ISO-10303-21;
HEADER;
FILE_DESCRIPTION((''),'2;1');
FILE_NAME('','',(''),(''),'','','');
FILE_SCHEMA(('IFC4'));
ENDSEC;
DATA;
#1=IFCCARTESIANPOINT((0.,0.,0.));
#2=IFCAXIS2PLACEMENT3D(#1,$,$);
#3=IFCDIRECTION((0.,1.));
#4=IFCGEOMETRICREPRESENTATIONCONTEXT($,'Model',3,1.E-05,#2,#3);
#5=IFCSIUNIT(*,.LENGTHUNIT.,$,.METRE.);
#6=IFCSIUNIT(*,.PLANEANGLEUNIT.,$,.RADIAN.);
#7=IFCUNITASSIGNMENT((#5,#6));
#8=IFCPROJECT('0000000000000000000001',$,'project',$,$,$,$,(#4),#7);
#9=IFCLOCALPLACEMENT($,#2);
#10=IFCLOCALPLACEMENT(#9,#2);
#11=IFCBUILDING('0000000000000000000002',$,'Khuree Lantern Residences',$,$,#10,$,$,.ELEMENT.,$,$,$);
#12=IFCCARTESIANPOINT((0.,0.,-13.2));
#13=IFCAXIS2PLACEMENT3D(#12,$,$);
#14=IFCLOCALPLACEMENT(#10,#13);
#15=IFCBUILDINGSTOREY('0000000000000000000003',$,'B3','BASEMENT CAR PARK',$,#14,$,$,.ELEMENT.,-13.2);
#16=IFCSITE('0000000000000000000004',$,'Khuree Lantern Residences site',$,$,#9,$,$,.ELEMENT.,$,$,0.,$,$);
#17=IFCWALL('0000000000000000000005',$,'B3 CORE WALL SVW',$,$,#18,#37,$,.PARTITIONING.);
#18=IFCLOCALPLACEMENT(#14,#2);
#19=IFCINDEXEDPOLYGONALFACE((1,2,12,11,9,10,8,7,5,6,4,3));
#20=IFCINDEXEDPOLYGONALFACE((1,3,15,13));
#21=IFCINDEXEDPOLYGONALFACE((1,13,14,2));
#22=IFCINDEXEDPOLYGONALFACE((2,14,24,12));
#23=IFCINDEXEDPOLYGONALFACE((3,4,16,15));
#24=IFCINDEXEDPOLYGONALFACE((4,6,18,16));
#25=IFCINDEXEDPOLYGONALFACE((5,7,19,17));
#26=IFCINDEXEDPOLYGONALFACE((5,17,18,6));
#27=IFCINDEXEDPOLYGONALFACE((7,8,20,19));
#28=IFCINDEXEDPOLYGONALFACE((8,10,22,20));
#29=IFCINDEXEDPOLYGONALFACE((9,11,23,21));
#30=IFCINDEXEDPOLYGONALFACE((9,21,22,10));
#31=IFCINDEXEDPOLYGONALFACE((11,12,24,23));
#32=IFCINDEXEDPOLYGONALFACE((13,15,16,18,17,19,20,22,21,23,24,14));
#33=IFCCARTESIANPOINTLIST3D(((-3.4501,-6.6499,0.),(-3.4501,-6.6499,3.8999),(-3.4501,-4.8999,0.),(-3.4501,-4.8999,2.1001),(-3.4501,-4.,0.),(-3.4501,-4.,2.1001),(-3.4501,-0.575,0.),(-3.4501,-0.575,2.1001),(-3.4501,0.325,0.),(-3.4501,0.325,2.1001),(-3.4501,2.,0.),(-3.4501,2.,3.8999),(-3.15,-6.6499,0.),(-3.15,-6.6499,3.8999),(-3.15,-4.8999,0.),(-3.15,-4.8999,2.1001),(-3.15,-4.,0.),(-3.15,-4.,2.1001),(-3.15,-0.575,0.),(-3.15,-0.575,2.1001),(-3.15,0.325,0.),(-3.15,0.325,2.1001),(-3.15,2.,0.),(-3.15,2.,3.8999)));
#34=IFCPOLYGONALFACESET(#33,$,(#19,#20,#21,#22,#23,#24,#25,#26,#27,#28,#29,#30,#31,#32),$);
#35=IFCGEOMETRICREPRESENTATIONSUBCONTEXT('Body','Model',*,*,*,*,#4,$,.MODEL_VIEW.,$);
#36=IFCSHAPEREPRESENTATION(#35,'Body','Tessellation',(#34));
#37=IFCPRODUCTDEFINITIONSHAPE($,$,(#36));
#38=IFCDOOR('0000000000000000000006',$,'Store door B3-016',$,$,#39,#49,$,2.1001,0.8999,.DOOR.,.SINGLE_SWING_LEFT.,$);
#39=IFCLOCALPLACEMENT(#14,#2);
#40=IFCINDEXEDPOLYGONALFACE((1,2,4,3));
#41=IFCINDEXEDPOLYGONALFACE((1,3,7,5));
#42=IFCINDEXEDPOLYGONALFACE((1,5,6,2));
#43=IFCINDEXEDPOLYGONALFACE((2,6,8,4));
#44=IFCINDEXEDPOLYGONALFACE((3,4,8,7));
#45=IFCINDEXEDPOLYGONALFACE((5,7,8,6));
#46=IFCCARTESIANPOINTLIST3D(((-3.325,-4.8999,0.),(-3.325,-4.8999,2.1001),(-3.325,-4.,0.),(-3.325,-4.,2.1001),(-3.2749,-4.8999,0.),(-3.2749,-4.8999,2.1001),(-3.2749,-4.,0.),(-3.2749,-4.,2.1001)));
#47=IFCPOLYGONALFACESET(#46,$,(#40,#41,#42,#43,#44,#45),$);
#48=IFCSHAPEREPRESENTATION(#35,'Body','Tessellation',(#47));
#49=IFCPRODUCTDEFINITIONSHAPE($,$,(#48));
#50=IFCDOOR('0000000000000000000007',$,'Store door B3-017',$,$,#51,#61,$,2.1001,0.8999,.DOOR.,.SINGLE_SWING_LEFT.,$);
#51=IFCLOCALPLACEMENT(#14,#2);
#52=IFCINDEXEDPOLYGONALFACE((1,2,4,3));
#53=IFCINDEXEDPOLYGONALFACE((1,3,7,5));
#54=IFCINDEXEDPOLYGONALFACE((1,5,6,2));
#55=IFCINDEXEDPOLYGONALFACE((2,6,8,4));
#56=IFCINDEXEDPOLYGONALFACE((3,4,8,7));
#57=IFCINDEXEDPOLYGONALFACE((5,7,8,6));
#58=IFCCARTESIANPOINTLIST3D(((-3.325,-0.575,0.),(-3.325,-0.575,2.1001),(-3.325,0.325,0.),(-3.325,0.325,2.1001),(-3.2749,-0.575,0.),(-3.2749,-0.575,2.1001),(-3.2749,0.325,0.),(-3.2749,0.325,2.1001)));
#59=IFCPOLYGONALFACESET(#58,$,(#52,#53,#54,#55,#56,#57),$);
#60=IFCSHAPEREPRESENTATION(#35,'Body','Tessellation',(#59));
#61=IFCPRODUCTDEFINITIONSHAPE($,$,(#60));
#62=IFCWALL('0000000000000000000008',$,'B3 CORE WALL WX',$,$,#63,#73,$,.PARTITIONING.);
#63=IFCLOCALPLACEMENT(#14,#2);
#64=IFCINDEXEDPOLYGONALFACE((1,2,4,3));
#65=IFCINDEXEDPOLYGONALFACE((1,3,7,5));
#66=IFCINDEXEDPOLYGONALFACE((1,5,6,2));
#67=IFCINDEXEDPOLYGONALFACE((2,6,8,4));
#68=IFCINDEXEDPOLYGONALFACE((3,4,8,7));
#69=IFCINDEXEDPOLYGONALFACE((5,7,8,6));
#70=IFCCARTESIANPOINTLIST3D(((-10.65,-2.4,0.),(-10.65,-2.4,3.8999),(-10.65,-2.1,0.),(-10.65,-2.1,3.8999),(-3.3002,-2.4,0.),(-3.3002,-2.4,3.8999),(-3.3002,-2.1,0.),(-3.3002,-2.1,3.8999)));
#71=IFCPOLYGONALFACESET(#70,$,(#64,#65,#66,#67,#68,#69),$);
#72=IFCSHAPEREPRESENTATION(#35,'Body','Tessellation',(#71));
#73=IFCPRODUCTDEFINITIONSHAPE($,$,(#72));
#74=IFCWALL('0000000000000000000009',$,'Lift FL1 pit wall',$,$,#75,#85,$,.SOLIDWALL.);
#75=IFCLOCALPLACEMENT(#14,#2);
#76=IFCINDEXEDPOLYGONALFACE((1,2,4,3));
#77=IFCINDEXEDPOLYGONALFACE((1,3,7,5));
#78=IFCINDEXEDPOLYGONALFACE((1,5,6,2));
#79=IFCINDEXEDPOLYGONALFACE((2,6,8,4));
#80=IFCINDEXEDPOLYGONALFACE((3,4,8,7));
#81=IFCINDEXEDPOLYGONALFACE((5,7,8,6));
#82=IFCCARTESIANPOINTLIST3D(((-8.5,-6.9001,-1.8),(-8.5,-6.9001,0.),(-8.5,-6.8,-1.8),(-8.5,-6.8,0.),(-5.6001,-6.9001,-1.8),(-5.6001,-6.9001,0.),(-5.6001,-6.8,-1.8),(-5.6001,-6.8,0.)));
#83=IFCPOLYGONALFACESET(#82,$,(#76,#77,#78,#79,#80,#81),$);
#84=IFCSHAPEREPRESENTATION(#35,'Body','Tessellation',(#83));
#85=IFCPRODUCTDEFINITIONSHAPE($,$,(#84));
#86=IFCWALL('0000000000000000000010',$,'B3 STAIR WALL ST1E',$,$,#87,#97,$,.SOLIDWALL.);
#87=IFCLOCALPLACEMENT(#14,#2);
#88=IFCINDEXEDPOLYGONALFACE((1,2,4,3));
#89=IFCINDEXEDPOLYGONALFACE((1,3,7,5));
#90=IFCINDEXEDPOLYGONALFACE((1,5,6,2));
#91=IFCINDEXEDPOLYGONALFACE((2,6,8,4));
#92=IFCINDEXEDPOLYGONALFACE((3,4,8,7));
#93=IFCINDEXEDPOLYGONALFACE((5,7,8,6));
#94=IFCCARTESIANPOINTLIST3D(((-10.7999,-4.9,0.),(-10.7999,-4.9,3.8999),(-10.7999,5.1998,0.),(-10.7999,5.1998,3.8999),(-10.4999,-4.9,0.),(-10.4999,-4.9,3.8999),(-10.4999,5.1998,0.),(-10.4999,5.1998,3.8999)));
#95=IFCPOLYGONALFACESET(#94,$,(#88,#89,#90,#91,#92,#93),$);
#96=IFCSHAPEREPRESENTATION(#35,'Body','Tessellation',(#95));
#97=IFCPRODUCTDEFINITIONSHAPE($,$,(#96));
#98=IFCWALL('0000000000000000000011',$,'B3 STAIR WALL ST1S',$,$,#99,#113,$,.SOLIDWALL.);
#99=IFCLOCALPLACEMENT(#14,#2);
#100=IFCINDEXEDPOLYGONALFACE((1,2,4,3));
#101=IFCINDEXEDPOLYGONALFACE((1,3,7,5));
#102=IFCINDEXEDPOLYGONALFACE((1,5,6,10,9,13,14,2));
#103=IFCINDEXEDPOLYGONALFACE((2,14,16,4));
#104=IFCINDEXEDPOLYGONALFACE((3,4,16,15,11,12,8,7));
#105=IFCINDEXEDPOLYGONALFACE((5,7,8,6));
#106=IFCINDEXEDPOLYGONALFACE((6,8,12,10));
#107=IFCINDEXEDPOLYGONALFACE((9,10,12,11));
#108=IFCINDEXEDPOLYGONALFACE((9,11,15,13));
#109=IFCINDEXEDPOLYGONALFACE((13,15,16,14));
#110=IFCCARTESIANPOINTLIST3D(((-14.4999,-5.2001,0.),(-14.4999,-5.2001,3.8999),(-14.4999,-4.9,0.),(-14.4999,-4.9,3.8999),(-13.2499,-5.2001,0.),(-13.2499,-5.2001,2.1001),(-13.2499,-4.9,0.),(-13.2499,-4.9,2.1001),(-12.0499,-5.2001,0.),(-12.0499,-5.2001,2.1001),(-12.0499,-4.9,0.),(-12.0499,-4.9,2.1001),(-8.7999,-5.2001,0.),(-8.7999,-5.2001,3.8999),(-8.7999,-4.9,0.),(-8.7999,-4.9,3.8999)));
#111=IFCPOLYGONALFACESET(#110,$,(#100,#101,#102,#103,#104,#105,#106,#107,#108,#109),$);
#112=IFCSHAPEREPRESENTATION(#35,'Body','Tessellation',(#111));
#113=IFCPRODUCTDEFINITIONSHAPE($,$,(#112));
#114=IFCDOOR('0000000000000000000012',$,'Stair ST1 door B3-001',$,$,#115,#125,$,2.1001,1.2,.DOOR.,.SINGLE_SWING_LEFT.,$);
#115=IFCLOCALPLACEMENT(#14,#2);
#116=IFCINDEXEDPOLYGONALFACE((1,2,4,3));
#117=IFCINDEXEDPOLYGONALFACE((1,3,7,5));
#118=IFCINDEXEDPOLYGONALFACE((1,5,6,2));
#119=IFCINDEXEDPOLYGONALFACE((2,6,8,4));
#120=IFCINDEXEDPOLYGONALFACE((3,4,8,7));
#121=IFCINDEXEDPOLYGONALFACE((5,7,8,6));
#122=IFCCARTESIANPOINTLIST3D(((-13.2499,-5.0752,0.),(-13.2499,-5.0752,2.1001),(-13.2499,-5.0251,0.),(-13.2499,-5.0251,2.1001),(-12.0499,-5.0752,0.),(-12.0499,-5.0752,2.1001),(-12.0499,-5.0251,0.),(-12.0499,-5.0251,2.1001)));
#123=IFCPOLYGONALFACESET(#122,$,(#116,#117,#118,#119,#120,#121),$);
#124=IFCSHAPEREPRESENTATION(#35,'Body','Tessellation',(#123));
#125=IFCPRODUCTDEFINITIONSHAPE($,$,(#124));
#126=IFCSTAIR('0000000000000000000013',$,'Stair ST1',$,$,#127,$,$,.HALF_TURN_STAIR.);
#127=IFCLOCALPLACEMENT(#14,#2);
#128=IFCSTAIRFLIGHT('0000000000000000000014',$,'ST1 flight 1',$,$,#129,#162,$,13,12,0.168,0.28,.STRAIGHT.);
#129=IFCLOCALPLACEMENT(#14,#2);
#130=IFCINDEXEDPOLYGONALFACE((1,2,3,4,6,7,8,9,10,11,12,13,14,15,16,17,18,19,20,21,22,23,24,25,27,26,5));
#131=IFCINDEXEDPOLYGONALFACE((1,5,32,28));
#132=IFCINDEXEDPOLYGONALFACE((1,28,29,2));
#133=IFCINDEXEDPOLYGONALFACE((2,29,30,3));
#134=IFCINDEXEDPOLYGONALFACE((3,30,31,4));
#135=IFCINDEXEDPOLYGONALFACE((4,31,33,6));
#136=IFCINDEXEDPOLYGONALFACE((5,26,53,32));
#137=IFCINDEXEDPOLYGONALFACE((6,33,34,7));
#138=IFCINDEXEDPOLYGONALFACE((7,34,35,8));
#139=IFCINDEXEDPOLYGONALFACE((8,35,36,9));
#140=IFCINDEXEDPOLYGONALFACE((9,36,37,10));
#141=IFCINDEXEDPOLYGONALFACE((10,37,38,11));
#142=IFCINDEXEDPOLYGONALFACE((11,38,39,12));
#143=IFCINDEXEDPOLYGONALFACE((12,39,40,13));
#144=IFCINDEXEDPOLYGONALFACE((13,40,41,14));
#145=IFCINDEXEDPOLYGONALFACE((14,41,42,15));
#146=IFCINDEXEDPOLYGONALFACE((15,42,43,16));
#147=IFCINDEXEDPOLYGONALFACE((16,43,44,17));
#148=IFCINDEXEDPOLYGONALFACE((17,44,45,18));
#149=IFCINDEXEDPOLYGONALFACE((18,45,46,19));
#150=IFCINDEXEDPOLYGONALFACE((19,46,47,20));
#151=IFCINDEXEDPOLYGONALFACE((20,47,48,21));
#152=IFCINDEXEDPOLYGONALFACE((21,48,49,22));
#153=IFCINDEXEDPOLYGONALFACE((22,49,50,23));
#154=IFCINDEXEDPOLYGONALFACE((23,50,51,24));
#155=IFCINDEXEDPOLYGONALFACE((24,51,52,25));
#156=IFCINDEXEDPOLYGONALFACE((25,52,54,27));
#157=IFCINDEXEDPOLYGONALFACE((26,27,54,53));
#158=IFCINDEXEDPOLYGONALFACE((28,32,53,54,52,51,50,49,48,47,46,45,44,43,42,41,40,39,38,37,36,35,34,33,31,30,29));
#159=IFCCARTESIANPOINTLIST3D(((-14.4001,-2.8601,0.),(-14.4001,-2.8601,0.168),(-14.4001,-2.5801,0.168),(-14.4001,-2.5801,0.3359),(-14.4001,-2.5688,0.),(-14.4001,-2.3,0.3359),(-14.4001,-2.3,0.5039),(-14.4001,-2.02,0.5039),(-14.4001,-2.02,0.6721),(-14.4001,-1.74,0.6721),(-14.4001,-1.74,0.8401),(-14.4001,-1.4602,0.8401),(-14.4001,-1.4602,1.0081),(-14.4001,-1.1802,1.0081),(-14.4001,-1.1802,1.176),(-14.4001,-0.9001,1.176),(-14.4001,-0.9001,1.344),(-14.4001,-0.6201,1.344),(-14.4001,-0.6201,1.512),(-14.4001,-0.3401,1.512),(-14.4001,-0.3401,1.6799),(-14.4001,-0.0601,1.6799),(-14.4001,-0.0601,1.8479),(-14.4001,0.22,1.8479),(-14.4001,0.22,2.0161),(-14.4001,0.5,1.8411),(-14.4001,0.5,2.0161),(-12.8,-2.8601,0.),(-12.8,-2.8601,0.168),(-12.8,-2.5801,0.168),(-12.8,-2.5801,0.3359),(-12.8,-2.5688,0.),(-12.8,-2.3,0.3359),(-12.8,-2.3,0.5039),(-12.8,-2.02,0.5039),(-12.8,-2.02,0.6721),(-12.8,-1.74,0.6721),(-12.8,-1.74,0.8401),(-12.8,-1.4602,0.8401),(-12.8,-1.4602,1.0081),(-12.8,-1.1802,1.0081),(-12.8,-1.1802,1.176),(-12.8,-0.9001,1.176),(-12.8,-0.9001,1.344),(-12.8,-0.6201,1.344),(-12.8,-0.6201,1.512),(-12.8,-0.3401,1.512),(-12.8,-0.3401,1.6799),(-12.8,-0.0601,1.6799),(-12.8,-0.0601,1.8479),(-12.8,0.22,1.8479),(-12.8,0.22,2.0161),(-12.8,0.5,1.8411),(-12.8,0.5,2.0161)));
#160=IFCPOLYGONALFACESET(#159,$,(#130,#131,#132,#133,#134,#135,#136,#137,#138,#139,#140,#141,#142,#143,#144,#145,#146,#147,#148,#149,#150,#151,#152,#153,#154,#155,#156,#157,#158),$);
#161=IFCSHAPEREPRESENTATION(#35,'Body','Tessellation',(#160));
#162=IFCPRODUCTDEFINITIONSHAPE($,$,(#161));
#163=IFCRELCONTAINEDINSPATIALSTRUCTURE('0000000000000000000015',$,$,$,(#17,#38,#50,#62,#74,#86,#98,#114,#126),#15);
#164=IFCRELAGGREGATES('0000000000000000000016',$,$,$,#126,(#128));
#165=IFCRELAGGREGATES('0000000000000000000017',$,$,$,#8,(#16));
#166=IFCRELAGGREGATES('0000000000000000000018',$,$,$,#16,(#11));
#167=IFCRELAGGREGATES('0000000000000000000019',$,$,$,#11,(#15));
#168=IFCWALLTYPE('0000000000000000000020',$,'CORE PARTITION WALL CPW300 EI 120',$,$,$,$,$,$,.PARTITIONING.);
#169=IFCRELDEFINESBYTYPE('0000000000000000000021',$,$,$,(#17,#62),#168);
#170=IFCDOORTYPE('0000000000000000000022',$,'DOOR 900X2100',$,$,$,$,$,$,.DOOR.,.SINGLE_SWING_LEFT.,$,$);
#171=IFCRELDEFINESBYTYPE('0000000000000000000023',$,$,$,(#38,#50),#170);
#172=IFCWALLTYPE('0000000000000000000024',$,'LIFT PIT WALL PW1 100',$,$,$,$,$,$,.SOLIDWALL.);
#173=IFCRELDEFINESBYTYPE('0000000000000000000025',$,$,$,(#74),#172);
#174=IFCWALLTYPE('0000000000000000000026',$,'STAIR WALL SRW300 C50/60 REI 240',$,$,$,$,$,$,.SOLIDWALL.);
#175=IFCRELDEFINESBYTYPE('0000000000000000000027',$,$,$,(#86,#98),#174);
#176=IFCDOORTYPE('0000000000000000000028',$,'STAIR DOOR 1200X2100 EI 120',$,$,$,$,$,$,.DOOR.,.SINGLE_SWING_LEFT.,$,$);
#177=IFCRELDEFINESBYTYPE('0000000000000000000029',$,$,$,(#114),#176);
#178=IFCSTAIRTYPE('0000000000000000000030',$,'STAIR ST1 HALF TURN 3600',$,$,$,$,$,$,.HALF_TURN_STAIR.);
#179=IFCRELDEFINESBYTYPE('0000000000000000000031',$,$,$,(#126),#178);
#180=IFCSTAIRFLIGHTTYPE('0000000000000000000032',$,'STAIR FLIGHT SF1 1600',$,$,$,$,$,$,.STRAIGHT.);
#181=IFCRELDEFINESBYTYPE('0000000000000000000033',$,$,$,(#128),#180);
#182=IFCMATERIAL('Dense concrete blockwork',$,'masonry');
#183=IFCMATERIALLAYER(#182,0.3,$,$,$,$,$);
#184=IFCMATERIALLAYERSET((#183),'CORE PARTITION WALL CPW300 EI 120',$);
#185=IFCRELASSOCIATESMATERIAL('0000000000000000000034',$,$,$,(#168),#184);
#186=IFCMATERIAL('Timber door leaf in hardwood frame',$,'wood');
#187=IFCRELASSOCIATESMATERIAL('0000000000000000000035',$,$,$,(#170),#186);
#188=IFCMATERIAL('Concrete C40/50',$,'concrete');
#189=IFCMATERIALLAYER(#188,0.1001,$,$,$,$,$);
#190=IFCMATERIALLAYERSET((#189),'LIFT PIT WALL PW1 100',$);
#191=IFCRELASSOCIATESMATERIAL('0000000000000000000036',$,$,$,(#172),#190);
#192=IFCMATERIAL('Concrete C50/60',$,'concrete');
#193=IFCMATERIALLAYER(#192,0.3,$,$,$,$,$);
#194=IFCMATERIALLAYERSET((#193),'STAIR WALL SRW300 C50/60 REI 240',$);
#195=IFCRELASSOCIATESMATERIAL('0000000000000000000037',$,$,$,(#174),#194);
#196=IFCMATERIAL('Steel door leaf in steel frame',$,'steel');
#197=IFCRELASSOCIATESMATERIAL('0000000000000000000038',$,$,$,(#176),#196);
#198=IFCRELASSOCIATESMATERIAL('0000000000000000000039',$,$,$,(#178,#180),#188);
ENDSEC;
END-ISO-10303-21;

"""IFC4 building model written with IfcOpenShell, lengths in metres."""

from ifc_helpers import new_model, si_unit, direction, frame, frame_2d, origin, place, context, subcontext, project, spatial, polyline, rectangle, outline, extrude, material, layer, layer_set, type_object, element, fill, aggregate, save


model = new_model("IFC4")

# Units and contexts
model_context = context("Model", 3, precision=1e-05, world=origin(), true_north=direction((0.0, 1.0)))
body_context = subcontext(model_context, "Body", "Model", "MODEL_VIEW")
ifc_project = project(units=[si_unit("LENGTHUNIT", "METRE"), si_unit("PLANEANGLEUNIT", "RADIAN")], contexts=[model_context])

# Site, building, storey
site_placement = place(None, origin())
site = spatial("IfcSite", under=ifc_project, at=site_placement, Name="Khuree Lantern Residences site", CompositionType="ELEMENT", RefElevation=0.0)
building_placement = place(site_placement, origin())
building = spatial("IfcBuilding", under=site, at=building_placement, Name="Khuree Lantern Residences", CompositionType="ELEMENT")
storey_placement = place(building_placement, frame((0.0, 0.0, -13.2)))
storey = spatial("IfcBuildingStorey", under=building, at=storey_placement, Name="B3", Description="BASEMENT CAR PARK", CompositionType="ELEMENT", Elevation=-13.2)

# Wall, openings, doors
ifc_material_1 = material(Name="Dense concrete blockwork", Category="masonry")
ifc_layer_1 = layer(ifc_material_1, 0.3)
ifc_layer_set_1 = layer_set([ifc_layer_1], Name="CORE PARTITION WALL CPW300 EI 120")
wall_type_1 = type_object("IfcWallType", Name="CORE PARTITION WALL CPW300 EI 120", PredefinedType="PARTITIONING", material=ifc_layer_set_1)
ifc_material_2 = material(Name="Steel door leaf in steel frame", Category="steel")
ifc_material_3 = material(Name="Timber door leaf in hardwood frame", Category="wood")
wall_1_placement = place(storey_placement, frame((-3.3, -6.6499, 0.0), z_axis=(0.0, 0.0, 1.0), x_axis=(0.0, 1.0, 0.0)))
wall_1 = element("IfcWall", 1, at=wall_1_placement, inside=storey, type_object=wall_type_1, Name="B3 CORE WALL SVW", PredefinedType="PARTITIONING", context=body_context, shape_type="SweptSolid", body=[
    extrude(rectangle(XDim=8.6499, YDim=0.3, at=frame_2d((4.325, 0.0))), origin(), (0.0, 0.0, 1.0), 3.8999),
])
opening_1_placement = place(wall_1_placement, frame((1.75, 0.0, 0.0)))
opening_1 = element("IfcOpeningElement", 2, at=opening_1_placement, cuts=wall_1, PredefinedType="OPENING", context=body_context, shape_type="SweptSolid", body=[
    extrude(rectangle(XDim=0.8999, YDim=2.1001, at=frame_2d((0.45, 1.05))), frame((0.0, 0.1602, 0.0), z_axis=(0.0, -1.0, 0.0), x_axis=(1.0, 0.0, 0.0)), (0.0, 0.0, 1.0), 0.3201),
])
opening_2_placement = place(wall_1_placement, frame((6.075, 0.0, 0.0)))
opening_2 = element("IfcOpeningElement", 3, at=opening_2_placement, cuts=wall_1, PredefinedType="OPENING", context=body_context, shape_type="SweptSolid", body=[
    extrude(rectangle(XDim=0.8999, YDim=2.1001, at=frame_2d((0.45, 1.05))), frame((0.0, 0.1602, 0.0), z_axis=(0.0, -1.0, 0.0), x_axis=(1.0, 0.0, 0.0)), (0.0, 0.0, 1.0), 0.3201),
])
door_type_1 = type_object("IfcDoorType", Name="DOOR 900X2100", OperationType="SINGLE_SWING_LEFT", PredefinedType="DOOR", material=ifc_material_3)
door_1_placement = place(opening_1_placement, origin())
door_1 = element("IfcDoor", 4, at=door_1_placement, inside=storey, type_object=door_type_1, Name="Store door B3-016", OperationType="SINGLE_SWING_LEFT", OverallHeight=2.1001, OverallWidth=0.8999, PredefinedType="DOOR", context=body_context, shape_type="SweptSolid", body=[
    extrude(rectangle(XDim=0.8999, YDim=2.1001, at=frame_2d((0.45, 1.05))), frame((0.0, 0.0249, 0.0), z_axis=(0.0, -1.0, 0.0), x_axis=(1.0, 0.0, 0.0)), (0.0, 0.0, 1.0), 0.05),
])
fill(opening_1, door_1)
door_2_placement = place(opening_2_placement, origin())
door_2 = element("IfcDoor", 5, at=door_2_placement, inside=storey, type_object=door_type_1, Name="Store door B3-017", OperationType="SINGLE_SWING_LEFT", OverallHeight=2.1001, OverallWidth=0.8999, PredefinedType="DOOR", context=body_context, shape_type="SweptSolid", body=[
    extrude(rectangle(XDim=0.8999, YDim=2.1001, at=frame_2d((0.45, 1.05))), frame((0.0, 0.0249, 0.0), z_axis=(0.0, -1.0, 0.0), x_axis=(1.0, 0.0, 0.0)), (0.0, 0.0, 1.0), 0.05),
])
fill(opening_2, door_2)

# Walls
wall_2_placement = place(storey_placement, frame((-10.6499, -2.25, 0.0), z_axis=(0.0, 0.0, 1.0), x_axis=(1.0, 0.0, 0.0)))
element("IfcWall", 6, at=wall_2_placement, inside=storey, type_object=wall_type_1, Name="B3 CORE WALL WX", PredefinedType="PARTITIONING", context=body_context, shape_type="SweptSolid", body=[
    extrude(rectangle(XDim=7.3499, YDim=0.3, at=frame_2d((3.6748, 0.0))), origin(), (0.0, 0.0, 1.0), 3.8999),
])
ifc_material_4 = material(Name="Concrete C40/50", Category="concrete")
ifc_layer_2 = layer(ifc_material_4, 0.1001)
ifc_layer_set_2 = layer_set([ifc_layer_2], Name="LIFT PIT WALL PW1 100")
wall_type_2 = type_object("IfcWallType", Name="LIFT PIT WALL PW1 100", PredefinedType="SOLIDWALL", material=ifc_layer_set_2)
wall_3_placement = place(storey_placement, frame((-5.6001, -6.8501, -1.8), z_axis=(0.0, 0.0, 1.0), x_axis=(-1.0, 0.0, 0.0)))
element("IfcWall", 7, at=wall_3_placement, inside=storey, type_object=wall_type_2, Name="Lift FL1 pit wall", PredefinedType="SOLIDWALL", context=body_context, shape_type="SweptSolid", body=[
    extrude(rectangle(XDim=2.8999, YDim=0.1001, at=frame_2d((1.45, 0.0))), origin(), (0.0, 0.0, 1.0), 1.8),
])
ifc_material_5 = material(Name="Concrete C50/60", Category="concrete")
ifc_layer_3 = layer(ifc_material_5, 0.3)
ifc_layer_set_3 = layer_set([ifc_layer_3], Name="STAIR WALL SRW300 C50/60 REI 240")
wall_type_3 = type_object("IfcWallType", Name="STAIR WALL SRW300 C50/60 REI 240", PredefinedType="SOLIDWALL", material=ifc_layer_set_3)
wall_4_placement = place(storey_placement, frame((-10.6499, -4.8999, 0.0), z_axis=(0.0, 0.0, 1.0), x_axis=(0.0, 1.0, 0.0)))
element("IfcWall", 8, at=wall_4_placement, inside=storey, type_object=wall_type_3, Name="B3 STAIR WALL ST1E", PredefinedType="SOLIDWALL", context=body_context, shape_type="SweptSolid", body=[
    extrude(rectangle(XDim=10.0999, YDim=0.3, at=frame_2d((5.0498, 0.0))), origin(), (0.0, 0.0, 1.0), 3.8999),
])

# Wall, opening, door
wall_5_placement = place(storey_placement, frame((-14.5, -5.05, 0.0), z_axis=(0.0, 0.0, 1.0), x_axis=(1.0, 0.0, 0.0)))
wall_5 = element("IfcWall", 9, at=wall_5_placement, inside=storey, type_object=wall_type_3, Name="B3 STAIR WALL ST1S", PredefinedType="SOLIDWALL", context=body_context, shape_type="SweptSolid", body=[
    extrude(rectangle(XDim=5.7, YDim=0.3, at=frame_2d((2.8501, 0.0))), origin(), (0.0, 0.0, 1.0), 3.8999),
])
opening_3_placement = place(wall_5_placement, frame((1.25, 0.0, 0.0)))
opening_3 = element("IfcOpeningElement", 10, at=opening_3_placement, cuts=wall_5, PredefinedType="OPENING", context=body_context, shape_type="SweptSolid", body=[
    extrude(rectangle(XDim=1.2, YDim=2.1001, at=frame_2d((0.6001, 1.05))), frame((0.0, 0.1602, 0.0), z_axis=(0.0, -1.0, 0.0), x_axis=(1.0, 0.0, 0.0)), (0.0, 0.0, 1.0), 0.3201),
])
door_type_2 = type_object("IfcDoorType", Name="STAIR DOOR 1200X2100 EI 120", OperationType="SINGLE_SWING_LEFT", PredefinedType="DOOR", material=ifc_material_2)
door_3_placement = place(opening_3_placement, origin())
door_3 = element("IfcDoor", 11, at=door_3_placement, inside=storey, type_object=door_type_2, Name="Stair ST1 door B3-001", OperationType="SINGLE_SWING_LEFT", OverallHeight=2.1001, OverallWidth=1.2, PredefinedType="DOOR", context=body_context, shape_type="SweptSolid", body=[
    extrude(rectangle(XDim=1.2, YDim=2.1001, at=frame_2d((0.6001, 1.05))), frame((0.0, 0.0249, 0.0), z_axis=(0.0, -1.0, 0.0), x_axis=(1.0, 0.0, 0.0)), (0.0, 0.0, 1.0), 0.05),
])
fill(opening_3, door_3)

# Stair, stair flight
stair_type = type_object("IfcStairType", Name="STAIR ST1 HALF TURN 3600", PredefinedType="HALF_TURN_STAIR", material=ifc_material_4)
stair_placement = place(storey_placement, origin())
stair = element("IfcStair", 12, at=stair_placement, inside=storey, type_object=stair_type, Name="Stair ST1", PredefinedType="HALF_TURN_STAIR")
stair_flight_type = type_object("IfcStairFlightType", Name="STAIR FLIGHT SF1 1600", PredefinedType="STRAIGHT", material=ifc_material_4)
stair_flight_1_placement = place(storey_placement, frame((-13.6001, -2.8601, 0.0), z_axis=(0.0, 0.0, 1.0), x_axis=(0.0, 1.0, 0.0)))
stair_flight_1 = element("IfcStairFlight", 13, at=stair_flight_1_placement, type_object=stair_flight_type, Name="ST1 flight 1", NumberOfRisers=13, NumberOfTreads=12, PredefinedType="STRAIGHT", RiserHeight=0.168, TreadLength=0.28, context=body_context, shape_type="SweptSolid", body=[
    extrude(outline(polyline([(0.0, 0.0), (0.0, 0.168), (0.28, 0.168), (0.28, 0.3359), (0.5601, 0.3359), (0.5601, 0.5039), (0.8401, 0.5039), (0.8401, 0.6721), (1.1201, 0.6721), (1.1201, 0.8401), (1.3999, 0.8401), (1.3999, 1.0081), (1.6799, 1.0081), (1.6799, 1.176), (1.96, 1.176), (1.96, 1.344), (2.24, 1.344), (2.24, 1.512), (2.52, 1.512), (2.52, 1.6799), (2.8, 1.6799), (2.8, 1.8479), (3.0801, 1.8479), (3.0801, 2.0161), (3.3601, 2.0161), (3.3601, 2.1841), (3.3601, 1.8411), (0.2913, 0.0), (0.0, 0.0)])), frame((0.0, 0.8, 0.0), z_axis=(0.0, -1.0, 0.0), x_axis=(1.0, 0.0, 0.0)), (0.0, 0.0, 1.0), 1.6001),
])
aggregate(stair, [stair_flight_1])

save(model, "model.ifc")
